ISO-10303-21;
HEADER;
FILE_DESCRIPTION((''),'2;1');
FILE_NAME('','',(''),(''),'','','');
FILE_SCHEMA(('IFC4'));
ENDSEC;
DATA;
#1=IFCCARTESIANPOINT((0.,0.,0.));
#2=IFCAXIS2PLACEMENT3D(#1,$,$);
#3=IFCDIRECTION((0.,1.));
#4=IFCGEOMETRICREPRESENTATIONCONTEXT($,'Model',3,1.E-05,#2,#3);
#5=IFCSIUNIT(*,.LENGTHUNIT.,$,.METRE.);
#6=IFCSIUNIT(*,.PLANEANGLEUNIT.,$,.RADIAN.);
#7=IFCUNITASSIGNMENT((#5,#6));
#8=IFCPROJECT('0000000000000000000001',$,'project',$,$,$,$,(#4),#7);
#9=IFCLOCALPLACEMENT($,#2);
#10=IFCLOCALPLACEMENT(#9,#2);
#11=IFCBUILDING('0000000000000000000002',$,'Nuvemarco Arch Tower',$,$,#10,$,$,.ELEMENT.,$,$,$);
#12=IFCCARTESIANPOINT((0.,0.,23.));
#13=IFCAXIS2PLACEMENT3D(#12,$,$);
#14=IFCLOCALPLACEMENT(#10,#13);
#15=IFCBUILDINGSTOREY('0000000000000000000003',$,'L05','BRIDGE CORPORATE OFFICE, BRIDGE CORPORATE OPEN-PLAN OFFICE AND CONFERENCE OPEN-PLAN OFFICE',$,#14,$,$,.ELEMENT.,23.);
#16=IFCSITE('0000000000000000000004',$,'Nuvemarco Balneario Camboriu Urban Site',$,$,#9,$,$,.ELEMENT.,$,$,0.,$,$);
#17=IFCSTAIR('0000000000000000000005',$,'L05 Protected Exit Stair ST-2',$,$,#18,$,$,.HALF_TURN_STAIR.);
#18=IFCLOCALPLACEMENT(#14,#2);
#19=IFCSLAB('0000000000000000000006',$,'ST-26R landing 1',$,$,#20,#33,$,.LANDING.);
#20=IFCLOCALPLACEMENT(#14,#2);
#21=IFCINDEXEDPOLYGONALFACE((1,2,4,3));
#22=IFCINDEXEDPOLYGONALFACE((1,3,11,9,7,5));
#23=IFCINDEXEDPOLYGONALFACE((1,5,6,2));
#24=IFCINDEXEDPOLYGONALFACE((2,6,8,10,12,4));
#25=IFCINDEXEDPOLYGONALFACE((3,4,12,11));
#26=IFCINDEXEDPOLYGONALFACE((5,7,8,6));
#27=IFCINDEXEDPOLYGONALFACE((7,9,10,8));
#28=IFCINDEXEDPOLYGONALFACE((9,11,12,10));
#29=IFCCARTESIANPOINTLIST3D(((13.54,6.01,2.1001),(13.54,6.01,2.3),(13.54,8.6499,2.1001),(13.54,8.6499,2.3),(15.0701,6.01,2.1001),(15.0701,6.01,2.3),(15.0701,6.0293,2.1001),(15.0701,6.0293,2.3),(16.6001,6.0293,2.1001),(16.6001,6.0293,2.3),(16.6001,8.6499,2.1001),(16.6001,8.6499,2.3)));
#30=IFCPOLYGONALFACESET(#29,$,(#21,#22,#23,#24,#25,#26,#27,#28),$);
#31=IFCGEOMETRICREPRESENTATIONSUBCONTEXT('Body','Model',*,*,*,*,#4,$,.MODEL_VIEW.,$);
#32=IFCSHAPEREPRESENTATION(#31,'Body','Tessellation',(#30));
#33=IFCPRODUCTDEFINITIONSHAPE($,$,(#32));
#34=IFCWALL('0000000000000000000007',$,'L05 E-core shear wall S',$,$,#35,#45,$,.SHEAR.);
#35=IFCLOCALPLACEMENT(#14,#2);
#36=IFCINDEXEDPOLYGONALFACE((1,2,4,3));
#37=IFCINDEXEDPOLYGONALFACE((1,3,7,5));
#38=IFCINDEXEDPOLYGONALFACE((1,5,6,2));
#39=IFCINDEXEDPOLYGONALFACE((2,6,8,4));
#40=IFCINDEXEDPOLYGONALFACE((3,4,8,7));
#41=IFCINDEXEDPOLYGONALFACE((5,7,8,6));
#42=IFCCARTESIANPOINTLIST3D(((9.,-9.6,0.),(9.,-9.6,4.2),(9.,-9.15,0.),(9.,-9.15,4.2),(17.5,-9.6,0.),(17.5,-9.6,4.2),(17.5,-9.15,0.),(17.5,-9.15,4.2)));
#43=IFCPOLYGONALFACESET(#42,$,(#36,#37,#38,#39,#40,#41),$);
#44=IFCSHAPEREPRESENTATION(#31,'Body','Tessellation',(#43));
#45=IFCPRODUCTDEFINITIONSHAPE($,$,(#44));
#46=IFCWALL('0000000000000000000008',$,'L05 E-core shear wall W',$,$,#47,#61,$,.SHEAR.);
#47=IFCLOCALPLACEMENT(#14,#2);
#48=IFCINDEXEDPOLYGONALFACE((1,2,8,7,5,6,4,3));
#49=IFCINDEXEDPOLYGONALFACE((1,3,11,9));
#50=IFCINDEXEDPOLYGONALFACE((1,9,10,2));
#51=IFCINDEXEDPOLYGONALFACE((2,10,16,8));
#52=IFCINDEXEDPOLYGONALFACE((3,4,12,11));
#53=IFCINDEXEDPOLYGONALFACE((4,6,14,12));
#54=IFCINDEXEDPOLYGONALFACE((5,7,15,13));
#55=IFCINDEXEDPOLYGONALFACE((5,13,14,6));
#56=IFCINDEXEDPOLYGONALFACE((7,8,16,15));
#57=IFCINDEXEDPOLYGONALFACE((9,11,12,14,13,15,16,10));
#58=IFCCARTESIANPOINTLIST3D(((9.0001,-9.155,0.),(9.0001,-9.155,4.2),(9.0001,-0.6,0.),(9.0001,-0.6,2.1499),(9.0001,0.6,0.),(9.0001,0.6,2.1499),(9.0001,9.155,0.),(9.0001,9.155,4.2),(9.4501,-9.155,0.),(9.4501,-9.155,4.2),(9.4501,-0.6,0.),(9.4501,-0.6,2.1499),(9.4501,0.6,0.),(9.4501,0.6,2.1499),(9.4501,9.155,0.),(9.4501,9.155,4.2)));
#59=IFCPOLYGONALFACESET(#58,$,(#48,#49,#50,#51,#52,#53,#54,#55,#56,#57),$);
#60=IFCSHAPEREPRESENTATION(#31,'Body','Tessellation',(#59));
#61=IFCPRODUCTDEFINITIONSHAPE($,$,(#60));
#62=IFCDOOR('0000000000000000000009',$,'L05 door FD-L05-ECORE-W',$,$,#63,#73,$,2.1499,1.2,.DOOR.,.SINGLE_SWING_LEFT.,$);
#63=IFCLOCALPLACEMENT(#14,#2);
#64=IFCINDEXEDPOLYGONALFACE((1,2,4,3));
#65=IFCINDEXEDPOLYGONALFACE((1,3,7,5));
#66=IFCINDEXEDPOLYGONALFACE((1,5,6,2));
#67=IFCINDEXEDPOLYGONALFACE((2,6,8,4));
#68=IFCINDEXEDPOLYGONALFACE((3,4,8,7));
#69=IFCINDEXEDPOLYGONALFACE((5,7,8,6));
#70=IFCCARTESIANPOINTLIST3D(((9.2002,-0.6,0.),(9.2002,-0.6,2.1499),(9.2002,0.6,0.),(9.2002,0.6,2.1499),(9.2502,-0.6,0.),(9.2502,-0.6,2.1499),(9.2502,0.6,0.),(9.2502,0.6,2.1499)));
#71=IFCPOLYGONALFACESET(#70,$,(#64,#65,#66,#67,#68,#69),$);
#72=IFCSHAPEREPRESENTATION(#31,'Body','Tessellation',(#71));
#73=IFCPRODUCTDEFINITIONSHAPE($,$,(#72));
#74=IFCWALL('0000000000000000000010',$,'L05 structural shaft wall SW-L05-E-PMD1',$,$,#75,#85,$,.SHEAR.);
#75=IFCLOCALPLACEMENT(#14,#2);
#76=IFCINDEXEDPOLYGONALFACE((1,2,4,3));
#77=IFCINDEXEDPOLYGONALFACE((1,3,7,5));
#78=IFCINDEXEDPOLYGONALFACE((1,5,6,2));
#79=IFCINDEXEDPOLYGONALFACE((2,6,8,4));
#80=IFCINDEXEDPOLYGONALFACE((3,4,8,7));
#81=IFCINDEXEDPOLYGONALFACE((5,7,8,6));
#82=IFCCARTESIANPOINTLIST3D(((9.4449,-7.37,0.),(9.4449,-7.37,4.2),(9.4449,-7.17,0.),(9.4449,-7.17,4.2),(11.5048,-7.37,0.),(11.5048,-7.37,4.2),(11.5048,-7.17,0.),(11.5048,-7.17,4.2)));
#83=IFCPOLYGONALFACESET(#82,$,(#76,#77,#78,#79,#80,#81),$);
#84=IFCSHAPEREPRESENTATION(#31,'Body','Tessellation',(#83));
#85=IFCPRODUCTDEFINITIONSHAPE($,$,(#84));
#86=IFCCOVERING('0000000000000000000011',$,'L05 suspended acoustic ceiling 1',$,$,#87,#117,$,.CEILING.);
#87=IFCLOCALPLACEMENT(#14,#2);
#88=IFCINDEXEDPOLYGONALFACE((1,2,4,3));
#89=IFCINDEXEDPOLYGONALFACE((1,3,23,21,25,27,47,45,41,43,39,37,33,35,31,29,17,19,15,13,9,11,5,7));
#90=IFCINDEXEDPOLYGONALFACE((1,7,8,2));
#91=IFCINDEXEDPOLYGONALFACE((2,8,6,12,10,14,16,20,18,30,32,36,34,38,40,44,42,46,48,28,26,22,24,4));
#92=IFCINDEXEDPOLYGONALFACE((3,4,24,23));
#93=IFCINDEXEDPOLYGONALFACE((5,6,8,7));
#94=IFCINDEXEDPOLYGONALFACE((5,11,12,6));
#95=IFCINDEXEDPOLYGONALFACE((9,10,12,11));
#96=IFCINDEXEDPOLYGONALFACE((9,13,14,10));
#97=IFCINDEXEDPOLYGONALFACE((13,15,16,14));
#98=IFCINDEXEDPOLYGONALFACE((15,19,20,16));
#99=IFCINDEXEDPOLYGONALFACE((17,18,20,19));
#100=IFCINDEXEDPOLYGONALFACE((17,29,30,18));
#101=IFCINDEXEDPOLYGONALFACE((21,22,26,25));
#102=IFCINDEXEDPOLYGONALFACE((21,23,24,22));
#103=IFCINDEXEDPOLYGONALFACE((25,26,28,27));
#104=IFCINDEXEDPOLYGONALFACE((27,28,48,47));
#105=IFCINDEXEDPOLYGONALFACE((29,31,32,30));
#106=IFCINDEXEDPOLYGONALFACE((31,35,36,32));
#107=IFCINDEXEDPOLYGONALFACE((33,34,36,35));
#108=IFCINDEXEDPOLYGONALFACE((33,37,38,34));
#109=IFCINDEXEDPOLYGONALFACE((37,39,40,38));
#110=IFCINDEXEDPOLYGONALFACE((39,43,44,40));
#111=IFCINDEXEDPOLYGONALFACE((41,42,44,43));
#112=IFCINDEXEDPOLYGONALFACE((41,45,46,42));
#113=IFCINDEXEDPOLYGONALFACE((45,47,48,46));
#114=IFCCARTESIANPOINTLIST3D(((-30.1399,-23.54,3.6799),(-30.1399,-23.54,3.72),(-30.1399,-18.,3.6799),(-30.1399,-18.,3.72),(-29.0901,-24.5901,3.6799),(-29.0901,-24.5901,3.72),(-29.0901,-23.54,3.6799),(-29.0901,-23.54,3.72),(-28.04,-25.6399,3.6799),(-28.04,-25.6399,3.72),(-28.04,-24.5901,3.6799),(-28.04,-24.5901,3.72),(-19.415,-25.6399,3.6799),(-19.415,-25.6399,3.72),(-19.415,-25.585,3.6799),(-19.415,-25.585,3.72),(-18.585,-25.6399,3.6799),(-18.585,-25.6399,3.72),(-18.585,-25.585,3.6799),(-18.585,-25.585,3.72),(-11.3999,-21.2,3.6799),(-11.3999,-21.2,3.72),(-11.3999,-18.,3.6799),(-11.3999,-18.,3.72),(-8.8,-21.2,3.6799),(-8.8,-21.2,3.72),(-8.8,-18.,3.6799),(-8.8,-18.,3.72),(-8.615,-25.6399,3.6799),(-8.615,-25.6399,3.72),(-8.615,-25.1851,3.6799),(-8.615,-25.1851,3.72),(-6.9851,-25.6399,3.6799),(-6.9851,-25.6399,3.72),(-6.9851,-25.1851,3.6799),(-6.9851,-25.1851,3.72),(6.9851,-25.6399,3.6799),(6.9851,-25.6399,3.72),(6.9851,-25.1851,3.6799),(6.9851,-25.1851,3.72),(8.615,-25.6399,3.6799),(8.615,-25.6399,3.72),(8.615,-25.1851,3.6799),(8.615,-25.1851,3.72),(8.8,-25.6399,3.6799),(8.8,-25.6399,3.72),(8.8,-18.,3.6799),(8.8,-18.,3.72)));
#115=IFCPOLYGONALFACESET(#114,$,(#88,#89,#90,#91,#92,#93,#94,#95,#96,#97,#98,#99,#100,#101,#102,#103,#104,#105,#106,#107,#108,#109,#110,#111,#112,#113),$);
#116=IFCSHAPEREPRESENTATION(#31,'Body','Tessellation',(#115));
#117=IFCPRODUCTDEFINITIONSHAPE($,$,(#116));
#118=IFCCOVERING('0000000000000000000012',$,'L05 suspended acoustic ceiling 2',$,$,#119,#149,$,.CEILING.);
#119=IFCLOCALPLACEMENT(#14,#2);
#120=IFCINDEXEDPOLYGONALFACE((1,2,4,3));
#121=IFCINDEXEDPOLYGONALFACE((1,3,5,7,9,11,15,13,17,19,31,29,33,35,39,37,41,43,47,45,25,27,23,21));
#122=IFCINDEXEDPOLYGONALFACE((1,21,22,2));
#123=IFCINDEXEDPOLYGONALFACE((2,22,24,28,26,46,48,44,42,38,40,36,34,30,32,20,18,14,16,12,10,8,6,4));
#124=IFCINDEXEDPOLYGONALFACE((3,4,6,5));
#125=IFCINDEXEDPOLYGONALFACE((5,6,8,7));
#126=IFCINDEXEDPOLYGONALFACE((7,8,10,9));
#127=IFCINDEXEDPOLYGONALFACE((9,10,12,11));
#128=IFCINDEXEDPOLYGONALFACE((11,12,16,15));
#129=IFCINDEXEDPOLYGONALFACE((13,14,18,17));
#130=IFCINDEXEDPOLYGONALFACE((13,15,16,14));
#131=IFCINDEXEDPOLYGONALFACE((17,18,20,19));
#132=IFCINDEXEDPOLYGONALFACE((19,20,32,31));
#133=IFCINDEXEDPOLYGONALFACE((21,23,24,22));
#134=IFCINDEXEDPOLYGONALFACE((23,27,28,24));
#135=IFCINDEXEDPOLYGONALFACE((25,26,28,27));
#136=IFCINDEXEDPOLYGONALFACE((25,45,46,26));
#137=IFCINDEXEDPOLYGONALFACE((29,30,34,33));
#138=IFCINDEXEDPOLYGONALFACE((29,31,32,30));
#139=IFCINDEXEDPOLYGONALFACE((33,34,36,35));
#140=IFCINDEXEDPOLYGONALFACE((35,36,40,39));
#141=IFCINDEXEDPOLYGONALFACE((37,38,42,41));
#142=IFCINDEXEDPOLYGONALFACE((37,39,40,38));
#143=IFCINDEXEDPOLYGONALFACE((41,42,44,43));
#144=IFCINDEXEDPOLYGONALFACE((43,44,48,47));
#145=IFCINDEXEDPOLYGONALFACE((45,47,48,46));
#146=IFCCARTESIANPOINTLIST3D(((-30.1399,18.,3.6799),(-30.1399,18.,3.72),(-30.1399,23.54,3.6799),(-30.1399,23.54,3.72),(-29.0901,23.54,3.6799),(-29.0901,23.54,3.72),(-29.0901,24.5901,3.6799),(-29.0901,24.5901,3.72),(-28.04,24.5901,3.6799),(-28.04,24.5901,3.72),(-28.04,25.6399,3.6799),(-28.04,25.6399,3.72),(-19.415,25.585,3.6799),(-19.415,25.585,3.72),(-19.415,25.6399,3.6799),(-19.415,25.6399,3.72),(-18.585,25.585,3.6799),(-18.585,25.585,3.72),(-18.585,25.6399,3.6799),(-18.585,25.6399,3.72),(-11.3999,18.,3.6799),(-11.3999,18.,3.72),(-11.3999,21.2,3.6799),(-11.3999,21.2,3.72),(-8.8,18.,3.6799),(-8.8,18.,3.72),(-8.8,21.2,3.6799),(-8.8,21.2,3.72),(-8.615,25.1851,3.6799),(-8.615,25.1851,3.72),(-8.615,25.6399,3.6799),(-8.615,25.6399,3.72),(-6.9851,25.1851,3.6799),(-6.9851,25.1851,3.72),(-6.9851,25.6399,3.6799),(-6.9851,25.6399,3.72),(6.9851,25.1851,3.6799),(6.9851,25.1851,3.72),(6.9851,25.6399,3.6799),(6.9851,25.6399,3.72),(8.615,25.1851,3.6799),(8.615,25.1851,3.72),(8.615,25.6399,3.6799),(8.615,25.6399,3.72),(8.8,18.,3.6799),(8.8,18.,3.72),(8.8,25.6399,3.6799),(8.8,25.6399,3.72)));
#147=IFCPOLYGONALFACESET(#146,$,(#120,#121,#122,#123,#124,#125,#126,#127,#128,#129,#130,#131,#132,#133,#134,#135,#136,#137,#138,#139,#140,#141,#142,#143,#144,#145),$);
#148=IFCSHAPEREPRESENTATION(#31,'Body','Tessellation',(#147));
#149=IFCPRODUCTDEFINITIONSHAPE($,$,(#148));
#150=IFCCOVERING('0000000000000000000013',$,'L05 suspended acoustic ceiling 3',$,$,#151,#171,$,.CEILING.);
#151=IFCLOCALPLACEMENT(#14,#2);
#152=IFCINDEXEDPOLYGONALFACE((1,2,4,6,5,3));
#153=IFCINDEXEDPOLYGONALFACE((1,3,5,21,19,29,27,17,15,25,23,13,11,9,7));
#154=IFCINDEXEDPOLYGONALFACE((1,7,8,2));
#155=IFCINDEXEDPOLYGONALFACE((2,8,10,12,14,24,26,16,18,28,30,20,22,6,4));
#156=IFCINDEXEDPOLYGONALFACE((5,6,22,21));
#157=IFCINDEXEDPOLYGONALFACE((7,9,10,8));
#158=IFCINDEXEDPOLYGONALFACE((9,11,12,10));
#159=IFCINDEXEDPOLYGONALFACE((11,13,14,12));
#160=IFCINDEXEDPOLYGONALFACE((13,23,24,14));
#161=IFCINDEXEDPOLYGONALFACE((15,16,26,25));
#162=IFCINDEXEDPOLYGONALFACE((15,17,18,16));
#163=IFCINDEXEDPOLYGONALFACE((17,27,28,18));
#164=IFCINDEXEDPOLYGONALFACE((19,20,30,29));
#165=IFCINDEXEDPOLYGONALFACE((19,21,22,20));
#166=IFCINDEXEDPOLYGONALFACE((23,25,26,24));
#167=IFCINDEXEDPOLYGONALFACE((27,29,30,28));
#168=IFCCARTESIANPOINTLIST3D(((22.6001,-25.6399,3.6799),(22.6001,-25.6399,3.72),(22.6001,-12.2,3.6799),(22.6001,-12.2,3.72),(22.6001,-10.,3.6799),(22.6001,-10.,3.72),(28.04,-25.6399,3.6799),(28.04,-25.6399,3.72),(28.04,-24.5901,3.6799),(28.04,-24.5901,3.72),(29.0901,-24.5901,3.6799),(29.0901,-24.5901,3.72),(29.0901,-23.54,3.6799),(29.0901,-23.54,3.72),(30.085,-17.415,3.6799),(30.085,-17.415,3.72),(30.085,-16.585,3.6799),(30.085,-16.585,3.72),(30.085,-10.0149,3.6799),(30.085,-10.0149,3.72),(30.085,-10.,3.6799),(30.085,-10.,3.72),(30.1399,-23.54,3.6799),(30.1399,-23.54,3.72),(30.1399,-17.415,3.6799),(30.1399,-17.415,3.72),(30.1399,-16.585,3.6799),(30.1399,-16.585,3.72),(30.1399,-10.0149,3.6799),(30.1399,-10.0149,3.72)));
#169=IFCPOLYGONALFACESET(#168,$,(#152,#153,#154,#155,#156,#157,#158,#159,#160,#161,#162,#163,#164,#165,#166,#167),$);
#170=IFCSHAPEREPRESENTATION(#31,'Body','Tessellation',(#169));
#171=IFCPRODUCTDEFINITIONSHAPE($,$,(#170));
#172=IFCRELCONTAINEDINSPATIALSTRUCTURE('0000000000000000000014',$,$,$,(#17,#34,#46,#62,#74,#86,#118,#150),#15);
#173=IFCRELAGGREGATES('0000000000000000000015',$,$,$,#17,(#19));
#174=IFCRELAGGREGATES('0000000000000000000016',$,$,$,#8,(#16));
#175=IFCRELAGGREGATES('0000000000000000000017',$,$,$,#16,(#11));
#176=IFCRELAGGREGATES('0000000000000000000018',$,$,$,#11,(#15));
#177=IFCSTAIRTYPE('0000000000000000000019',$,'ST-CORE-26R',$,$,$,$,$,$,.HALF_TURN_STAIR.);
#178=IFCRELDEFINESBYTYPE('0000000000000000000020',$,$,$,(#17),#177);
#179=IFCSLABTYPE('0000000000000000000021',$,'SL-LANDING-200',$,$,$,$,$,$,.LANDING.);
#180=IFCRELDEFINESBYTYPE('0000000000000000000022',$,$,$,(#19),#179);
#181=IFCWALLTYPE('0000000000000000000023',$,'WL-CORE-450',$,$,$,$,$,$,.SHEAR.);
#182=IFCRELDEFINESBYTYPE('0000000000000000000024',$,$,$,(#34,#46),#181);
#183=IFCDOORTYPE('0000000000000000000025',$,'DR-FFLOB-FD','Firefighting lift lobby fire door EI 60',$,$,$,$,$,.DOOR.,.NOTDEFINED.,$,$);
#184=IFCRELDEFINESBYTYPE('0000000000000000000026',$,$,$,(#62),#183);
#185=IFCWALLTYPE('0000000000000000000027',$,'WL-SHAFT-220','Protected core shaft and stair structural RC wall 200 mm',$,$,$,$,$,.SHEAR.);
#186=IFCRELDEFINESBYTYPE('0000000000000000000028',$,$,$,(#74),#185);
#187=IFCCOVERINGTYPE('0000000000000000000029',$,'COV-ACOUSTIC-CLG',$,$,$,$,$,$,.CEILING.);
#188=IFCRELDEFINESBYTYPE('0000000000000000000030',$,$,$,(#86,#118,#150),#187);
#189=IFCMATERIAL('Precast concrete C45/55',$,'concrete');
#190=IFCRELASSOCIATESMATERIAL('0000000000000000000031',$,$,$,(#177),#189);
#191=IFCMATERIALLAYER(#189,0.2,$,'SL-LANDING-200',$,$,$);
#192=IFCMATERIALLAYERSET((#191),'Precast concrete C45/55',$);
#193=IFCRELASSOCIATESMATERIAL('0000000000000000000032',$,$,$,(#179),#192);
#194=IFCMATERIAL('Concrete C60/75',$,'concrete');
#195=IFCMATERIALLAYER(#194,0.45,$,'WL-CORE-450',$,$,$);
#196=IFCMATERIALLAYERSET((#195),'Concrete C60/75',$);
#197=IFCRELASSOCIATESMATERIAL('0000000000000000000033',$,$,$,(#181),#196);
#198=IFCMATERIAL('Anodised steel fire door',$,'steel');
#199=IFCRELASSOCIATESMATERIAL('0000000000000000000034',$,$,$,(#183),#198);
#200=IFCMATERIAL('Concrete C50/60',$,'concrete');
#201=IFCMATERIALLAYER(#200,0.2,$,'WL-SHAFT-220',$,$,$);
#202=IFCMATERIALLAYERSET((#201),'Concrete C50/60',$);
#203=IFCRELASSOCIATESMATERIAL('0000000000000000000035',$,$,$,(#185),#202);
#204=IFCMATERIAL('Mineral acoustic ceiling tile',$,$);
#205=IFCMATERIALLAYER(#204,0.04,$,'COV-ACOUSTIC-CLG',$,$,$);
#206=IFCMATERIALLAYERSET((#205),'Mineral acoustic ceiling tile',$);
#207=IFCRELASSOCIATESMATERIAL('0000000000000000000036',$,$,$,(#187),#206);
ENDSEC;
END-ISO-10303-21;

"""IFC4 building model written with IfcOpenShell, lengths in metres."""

from ifc_helpers import new_model, si_unit, direction, frame, frame_2d, origin, place, context, subcontext, project, spatial, polyline, rectangle, outline, extrude, source, transform, mapped, material, layer, layer_set, type_object, type_shapes, element, fill, aggregate, save


model = new_model("IFC4")

# Units and contexts
model_context = context("Model", 3, precision=1e-05, world=origin(), true_north=direction((0.0, 1.0)))
body_context = subcontext(model_context, "Body", "Model", "MODEL_VIEW")
ifc_project = project(units=[si_unit("LENGTHUNIT", "METRE"), si_unit("PLANEANGLEUNIT", "RADIAN")], contexts=[model_context])

# Site, building, storey
site_placement = place(None, origin())
site = spatial("IfcSite", under=ifc_project, at=site_placement, Name="Nuvemarco Balneario Camboriu Urban Site", CompositionType="ELEMENT", RefElevation=0.0)
building_placement = place(site_placement, origin())
building = spatial("IfcBuilding", under=site, at=building_placement, Name="Nuvemarco Arch Tower", CompositionType="ELEMENT")
storey_placement = place(building_placement, frame((0.0, 0.0, 23.0)))
storey = spatial("IfcBuildingStorey", under=building, at=storey_placement, Name="L05", Description="BRIDGE CORPORATE OFFICE, BRIDGE CORPORATE OPEN-PLAN OFFICE AND CONFERENCE OPEN-PLAN OFFICE", CompositionType="ELEMENT", Elevation=23.0)

# Shared definitions
ifc_material_1 = material(Name="Concrete C60/75", Category="concrete")

# Stair, slab
ifc_material_2 = material(Name="Precast concrete C45/55", Category="concrete")
stair_type = type_object("IfcStairType", Name="ST-CORE-26R", PredefinedType="HALF_TURN_STAIR", material=ifc_material_2)
ifc_layer_1 = layer(ifc_material_2, 0.2, Name="SL-LANDING-200")
ifc_layer_set_1 = layer_set([ifc_layer_1], Name="Precast concrete C45/55")
slab_type = type_object("IfcSlabType", Name="SL-LANDING-200", PredefinedType="LANDING", material=ifc_layer_set_1)
stair_1_placement = place(storey_placement, origin())
stair_1 = element("IfcStair", 1, at=stair_1_placement, inside=storey, type_object=stair_type, Name="L05 Protected Exit Stair ST-2", PredefinedType="HALF_TURN_STAIR")
slab_1_placement = place(storey_placement, frame((0.0, 0.0, 2.1001)))
slab_1 = element("IfcSlab", 2, at=slab_1_placement, type_object=slab_type, Name="ST-26R landing 1", PredefinedType="LANDING", context=body_context, shape_type="SweptSolid", body=[
    extrude(outline(polyline([(16.6001, 6.0293), (16.6001, 8.6499), (13.54, 8.6499), (13.54, 6.01), (15.0701, 6.01), (15.0701, 6.0293), (16.6001, 6.0293)])), origin(), (0.0, 0.0, 1.0), 0.2),
])
aggregate(stair_1, [slab_1])

# Wall
ifc_layer_2 = layer(ifc_material_1, 0.45, Name="WL-CORE-450")
ifc_layer_set_2 = layer_set([ifc_layer_2], Name="Concrete C60/75")
wall_type_1 = type_object("IfcWallType", Name="WL-CORE-450", PredefinedType="SHEAR", material=ifc_layer_set_2)
wall_1_placement = place(storey_placement, frame((9.0, -9.375, 0.0), z_axis=(0.0, 0.0, 1.0), x_axis=(1.0, 0.0, 0.0)))
element("IfcWall", 3, at=wall_1_placement, inside=storey, type_object=wall_type_1, Name="L05 E-core shear wall S", PredefinedType="SHEAR", context=body_context, shape_type="SweptSolid", body=[
    extrude(rectangle(XDim=8.5, YDim=0.45, at=frame_2d((4.25, 0.0))), origin(), (0.0, 0.0, 1.0), 4.2),
])

# Wall, opening, door
wall_2_placement = place(storey_placement, frame((9.2251, -9.155, 0.0), z_axis=(0.0, 0.0, 1.0), x_axis=(0.0, 1.0, 0.0)))
wall_2 = element("IfcWall", 4, at=wall_2_placement, inside=storey, type_object=wall_type_1, Name="L05 E-core shear wall W", PredefinedType="SHEAR", context=body_context, shape_type="SweptSolid", body=[
    extrude(rectangle(XDim=18.3101, YDim=0.45, at=frame_2d((9.155, 0.0))), origin(), (0.0, 0.0, 1.0), 4.2),
])
opening_placement = place(wall_2_placement, frame((8.5549, 0.0, 0.0)))
opening = element("IfcOpeningElement", 5, at=opening_placement, cuts=wall_2, PredefinedType="OPENING", context=body_context, shape_type="SweptSolid", body=[
    extrude(rectangle(XDim=1.2, YDim=2.1499, at=frame_2d((0.6001, 1.075))), frame((0.0, 0.2349, 0.0), z_axis=(0.0, -1.0, 0.0), x_axis=(1.0, 0.0, 0.0)), (0.0, 0.0, 1.0), 0.47),
])
ifc_material_3 = material(Name="Anodised steel fire door", Category="steel")
door_type = type_object("IfcDoorType", Name="DR-FFLOB-FD", Description="Firefighting lift lobby fire door EI 60", OperationType="NOTDEFINED", PredefinedType="DOOR", material=ifc_material_3)
shared_shape = source(origin(), body_context, "Body", "SweptSolid", [
    extrude(rectangle(XDim=1.2, YDim=2.1499, at=frame_2d((0.6001, 1.075))), frame((0.0, 0.0249, 0.0), z_axis=(0.0, -1.0, 0.0), x_axis=(1.0, 0.0, 0.0)), (0.0, 0.0, 1.0), 0.05),
])
type_shapes(door_type, [shared_shape])
door_placement = place(opening_placement, origin())
door = element("IfcDoor", 6, at=door_placement, inside=storey, type_object=door_type, Name="L05 door FD-L05-ECORE-W", OperationType="SINGLE_SWING_LEFT", OverallHeight=2.1499, OverallWidth=1.2, PredefinedType="DOOR", context=body_context, shape_type="MappedRepresentation", body=[
    mapped(shared_shape, transform((0.0, 0.0, 0.0), scale=1.0)),
])
fill(opening, door)

# Wall
ifc_material_4 = material(Name="Concrete C50/60", Category="concrete")
ifc_layer_3 = layer(ifc_material_4, 0.2, Name="WL-SHAFT-220")
ifc_layer_set_3 = layer_set([ifc_layer_3], Name="Concrete C50/60")
wall_type_2 = type_object("IfcWallType", Name="WL-SHAFT-220", Description="Protected core shaft and stair structural RC wall 200 mm", PredefinedType="SHEAR", material=ifc_layer_set_3)
wall_3_placement = place(storey_placement, frame((9.4451, -7.27, 0.0), z_axis=(0.0, 0.0, 1.0), x_axis=(1.0, 0.0, 0.0)))
element("IfcWall", 7, at=wall_3_placement, inside=storey, type_object=wall_type_2, Name="L05 structural shaft wall SW-L05-E-PMD1", PredefinedType="SHEAR", context=body_context, shape_type="SweptSolid", body=[
    extrude(rectangle(XDim=2.0598, YDim=0.2, at=frame_2d((1.0298, 0.0))), origin(), (0.0, 0.0, 1.0), 4.2),
])

# Coverings
ifc_material_5 = material(Name="Mineral acoustic ceiling tile")
ifc_layer_4 = layer(ifc_material_5, 0.04, Name="COV-ACOUSTIC-CLG")
ifc_layer_set_4 = layer_set([ifc_layer_4], Name="Mineral acoustic ceiling tile")
covering_type_1 = type_object("IfcCoveringType", Name="COV-ACOUSTIC-CLG", PredefinedType="CEILING", material=ifc_layer_set_4)
covering_1_placement = place(storey_placement, frame((0.0, 0.0, 3.6799)))
element("IfcCovering", 8, at=covering_1_placement, inside=storey, type_object=covering_type_1, Name="L05 suspended acoustic ceiling 1", PredefinedType="CEILING", context=body_context, shape_type="SweptSolid", body=[
    extrude(outline(polyline([(-6.9851, -25.1851), (-8.615, -25.1851), (-8.615, -25.6399), (-18.585, -25.6399), (-18.585, -25.585), (-19.415, -25.585), (-19.415, -25.6399), (-28.04, -25.6399), (-28.04, -24.5901), (-29.0901, -24.5901), (-29.0901, -23.54), (-30.1399, -23.54), (-30.1399, -18.0), (-11.3999, -18.0), (-11.3999, -21.2), (-8.8, -21.2), (-8.8, -18.0), (8.8, -18.0), (8.8, -25.6399), (8.615, -25.6399), (8.615, -25.1851), (6.9851, -25.1851), (6.9851, -25.6399), (-6.9851, -25.6399), (-6.9851, -25.1851)])), origin(), (0.0, 0.0, 1.0), 0.04),
])
covering_2_placement = place(storey_placement, frame((0.0, 0.0, 3.6799)))
element("IfcCovering", 9, at=covering_2_placement, inside=storey, type_object=covering_type_1, Name="L05 suspended acoustic ceiling 2", PredefinedType="CEILING", context=body_context, shape_type="SweptSolid", body=[
    extrude(outline(polyline([(-30.1399, 18.0), (-30.1399, 23.54), (-29.0901, 23.54), (-29.0901, 24.5901), (-28.04, 24.5901), (-28.04, 25.6399), (-19.415, 25.6399), (-19.415, 25.585), (-18.585, 25.585), (-18.585, 25.6399), (-8.615, 25.6399), (-8.615, 25.1851), (-6.9851, 25.1851), (-6.9851, 25.6399), (6.9851, 25.6399), (6.9851, 25.1851), (8.615, 25.1851), (8.615, 25.6399), (8.8, 25.6399), (8.8, 18.0), (-8.8, 18.0), (-8.8, 21.2), (-11.3999, 21.2), (-11.3999, 18.0), (-30.1399, 18.0)])), origin(), (0.0, 0.0, 1.0), 0.04),
])
covering_3_placement = place(storey_placement, frame((0.0, 0.0, 3.6799)))
element("IfcCovering", 10, at=covering_3_placement, inside=storey, type_object=covering_type_1, Name="L05 suspended acoustic ceiling 3", PredefinedType="CEILING", context=body_context, shape_type="SweptSolid", body=[
    extrude(outline(polyline([(30.085, -10.0149), (30.1399, -10.0149), (30.1399, -16.585), (30.085, -16.585), (30.085, -17.415), (30.1399, -17.415), (30.1399, -23.54), (29.0901, -23.54), (29.0901, -24.5901), (28.04, -24.5901), (28.04, -25.6399), (22.6001, -25.6399), (22.6001, -12.2), (22.6001, -10.0), (30.085, -10.0), (30.085, -10.0149)])), origin(), (0.0, 0.0, 1.0), 0.04),
])

save(model, "model.ifc")
